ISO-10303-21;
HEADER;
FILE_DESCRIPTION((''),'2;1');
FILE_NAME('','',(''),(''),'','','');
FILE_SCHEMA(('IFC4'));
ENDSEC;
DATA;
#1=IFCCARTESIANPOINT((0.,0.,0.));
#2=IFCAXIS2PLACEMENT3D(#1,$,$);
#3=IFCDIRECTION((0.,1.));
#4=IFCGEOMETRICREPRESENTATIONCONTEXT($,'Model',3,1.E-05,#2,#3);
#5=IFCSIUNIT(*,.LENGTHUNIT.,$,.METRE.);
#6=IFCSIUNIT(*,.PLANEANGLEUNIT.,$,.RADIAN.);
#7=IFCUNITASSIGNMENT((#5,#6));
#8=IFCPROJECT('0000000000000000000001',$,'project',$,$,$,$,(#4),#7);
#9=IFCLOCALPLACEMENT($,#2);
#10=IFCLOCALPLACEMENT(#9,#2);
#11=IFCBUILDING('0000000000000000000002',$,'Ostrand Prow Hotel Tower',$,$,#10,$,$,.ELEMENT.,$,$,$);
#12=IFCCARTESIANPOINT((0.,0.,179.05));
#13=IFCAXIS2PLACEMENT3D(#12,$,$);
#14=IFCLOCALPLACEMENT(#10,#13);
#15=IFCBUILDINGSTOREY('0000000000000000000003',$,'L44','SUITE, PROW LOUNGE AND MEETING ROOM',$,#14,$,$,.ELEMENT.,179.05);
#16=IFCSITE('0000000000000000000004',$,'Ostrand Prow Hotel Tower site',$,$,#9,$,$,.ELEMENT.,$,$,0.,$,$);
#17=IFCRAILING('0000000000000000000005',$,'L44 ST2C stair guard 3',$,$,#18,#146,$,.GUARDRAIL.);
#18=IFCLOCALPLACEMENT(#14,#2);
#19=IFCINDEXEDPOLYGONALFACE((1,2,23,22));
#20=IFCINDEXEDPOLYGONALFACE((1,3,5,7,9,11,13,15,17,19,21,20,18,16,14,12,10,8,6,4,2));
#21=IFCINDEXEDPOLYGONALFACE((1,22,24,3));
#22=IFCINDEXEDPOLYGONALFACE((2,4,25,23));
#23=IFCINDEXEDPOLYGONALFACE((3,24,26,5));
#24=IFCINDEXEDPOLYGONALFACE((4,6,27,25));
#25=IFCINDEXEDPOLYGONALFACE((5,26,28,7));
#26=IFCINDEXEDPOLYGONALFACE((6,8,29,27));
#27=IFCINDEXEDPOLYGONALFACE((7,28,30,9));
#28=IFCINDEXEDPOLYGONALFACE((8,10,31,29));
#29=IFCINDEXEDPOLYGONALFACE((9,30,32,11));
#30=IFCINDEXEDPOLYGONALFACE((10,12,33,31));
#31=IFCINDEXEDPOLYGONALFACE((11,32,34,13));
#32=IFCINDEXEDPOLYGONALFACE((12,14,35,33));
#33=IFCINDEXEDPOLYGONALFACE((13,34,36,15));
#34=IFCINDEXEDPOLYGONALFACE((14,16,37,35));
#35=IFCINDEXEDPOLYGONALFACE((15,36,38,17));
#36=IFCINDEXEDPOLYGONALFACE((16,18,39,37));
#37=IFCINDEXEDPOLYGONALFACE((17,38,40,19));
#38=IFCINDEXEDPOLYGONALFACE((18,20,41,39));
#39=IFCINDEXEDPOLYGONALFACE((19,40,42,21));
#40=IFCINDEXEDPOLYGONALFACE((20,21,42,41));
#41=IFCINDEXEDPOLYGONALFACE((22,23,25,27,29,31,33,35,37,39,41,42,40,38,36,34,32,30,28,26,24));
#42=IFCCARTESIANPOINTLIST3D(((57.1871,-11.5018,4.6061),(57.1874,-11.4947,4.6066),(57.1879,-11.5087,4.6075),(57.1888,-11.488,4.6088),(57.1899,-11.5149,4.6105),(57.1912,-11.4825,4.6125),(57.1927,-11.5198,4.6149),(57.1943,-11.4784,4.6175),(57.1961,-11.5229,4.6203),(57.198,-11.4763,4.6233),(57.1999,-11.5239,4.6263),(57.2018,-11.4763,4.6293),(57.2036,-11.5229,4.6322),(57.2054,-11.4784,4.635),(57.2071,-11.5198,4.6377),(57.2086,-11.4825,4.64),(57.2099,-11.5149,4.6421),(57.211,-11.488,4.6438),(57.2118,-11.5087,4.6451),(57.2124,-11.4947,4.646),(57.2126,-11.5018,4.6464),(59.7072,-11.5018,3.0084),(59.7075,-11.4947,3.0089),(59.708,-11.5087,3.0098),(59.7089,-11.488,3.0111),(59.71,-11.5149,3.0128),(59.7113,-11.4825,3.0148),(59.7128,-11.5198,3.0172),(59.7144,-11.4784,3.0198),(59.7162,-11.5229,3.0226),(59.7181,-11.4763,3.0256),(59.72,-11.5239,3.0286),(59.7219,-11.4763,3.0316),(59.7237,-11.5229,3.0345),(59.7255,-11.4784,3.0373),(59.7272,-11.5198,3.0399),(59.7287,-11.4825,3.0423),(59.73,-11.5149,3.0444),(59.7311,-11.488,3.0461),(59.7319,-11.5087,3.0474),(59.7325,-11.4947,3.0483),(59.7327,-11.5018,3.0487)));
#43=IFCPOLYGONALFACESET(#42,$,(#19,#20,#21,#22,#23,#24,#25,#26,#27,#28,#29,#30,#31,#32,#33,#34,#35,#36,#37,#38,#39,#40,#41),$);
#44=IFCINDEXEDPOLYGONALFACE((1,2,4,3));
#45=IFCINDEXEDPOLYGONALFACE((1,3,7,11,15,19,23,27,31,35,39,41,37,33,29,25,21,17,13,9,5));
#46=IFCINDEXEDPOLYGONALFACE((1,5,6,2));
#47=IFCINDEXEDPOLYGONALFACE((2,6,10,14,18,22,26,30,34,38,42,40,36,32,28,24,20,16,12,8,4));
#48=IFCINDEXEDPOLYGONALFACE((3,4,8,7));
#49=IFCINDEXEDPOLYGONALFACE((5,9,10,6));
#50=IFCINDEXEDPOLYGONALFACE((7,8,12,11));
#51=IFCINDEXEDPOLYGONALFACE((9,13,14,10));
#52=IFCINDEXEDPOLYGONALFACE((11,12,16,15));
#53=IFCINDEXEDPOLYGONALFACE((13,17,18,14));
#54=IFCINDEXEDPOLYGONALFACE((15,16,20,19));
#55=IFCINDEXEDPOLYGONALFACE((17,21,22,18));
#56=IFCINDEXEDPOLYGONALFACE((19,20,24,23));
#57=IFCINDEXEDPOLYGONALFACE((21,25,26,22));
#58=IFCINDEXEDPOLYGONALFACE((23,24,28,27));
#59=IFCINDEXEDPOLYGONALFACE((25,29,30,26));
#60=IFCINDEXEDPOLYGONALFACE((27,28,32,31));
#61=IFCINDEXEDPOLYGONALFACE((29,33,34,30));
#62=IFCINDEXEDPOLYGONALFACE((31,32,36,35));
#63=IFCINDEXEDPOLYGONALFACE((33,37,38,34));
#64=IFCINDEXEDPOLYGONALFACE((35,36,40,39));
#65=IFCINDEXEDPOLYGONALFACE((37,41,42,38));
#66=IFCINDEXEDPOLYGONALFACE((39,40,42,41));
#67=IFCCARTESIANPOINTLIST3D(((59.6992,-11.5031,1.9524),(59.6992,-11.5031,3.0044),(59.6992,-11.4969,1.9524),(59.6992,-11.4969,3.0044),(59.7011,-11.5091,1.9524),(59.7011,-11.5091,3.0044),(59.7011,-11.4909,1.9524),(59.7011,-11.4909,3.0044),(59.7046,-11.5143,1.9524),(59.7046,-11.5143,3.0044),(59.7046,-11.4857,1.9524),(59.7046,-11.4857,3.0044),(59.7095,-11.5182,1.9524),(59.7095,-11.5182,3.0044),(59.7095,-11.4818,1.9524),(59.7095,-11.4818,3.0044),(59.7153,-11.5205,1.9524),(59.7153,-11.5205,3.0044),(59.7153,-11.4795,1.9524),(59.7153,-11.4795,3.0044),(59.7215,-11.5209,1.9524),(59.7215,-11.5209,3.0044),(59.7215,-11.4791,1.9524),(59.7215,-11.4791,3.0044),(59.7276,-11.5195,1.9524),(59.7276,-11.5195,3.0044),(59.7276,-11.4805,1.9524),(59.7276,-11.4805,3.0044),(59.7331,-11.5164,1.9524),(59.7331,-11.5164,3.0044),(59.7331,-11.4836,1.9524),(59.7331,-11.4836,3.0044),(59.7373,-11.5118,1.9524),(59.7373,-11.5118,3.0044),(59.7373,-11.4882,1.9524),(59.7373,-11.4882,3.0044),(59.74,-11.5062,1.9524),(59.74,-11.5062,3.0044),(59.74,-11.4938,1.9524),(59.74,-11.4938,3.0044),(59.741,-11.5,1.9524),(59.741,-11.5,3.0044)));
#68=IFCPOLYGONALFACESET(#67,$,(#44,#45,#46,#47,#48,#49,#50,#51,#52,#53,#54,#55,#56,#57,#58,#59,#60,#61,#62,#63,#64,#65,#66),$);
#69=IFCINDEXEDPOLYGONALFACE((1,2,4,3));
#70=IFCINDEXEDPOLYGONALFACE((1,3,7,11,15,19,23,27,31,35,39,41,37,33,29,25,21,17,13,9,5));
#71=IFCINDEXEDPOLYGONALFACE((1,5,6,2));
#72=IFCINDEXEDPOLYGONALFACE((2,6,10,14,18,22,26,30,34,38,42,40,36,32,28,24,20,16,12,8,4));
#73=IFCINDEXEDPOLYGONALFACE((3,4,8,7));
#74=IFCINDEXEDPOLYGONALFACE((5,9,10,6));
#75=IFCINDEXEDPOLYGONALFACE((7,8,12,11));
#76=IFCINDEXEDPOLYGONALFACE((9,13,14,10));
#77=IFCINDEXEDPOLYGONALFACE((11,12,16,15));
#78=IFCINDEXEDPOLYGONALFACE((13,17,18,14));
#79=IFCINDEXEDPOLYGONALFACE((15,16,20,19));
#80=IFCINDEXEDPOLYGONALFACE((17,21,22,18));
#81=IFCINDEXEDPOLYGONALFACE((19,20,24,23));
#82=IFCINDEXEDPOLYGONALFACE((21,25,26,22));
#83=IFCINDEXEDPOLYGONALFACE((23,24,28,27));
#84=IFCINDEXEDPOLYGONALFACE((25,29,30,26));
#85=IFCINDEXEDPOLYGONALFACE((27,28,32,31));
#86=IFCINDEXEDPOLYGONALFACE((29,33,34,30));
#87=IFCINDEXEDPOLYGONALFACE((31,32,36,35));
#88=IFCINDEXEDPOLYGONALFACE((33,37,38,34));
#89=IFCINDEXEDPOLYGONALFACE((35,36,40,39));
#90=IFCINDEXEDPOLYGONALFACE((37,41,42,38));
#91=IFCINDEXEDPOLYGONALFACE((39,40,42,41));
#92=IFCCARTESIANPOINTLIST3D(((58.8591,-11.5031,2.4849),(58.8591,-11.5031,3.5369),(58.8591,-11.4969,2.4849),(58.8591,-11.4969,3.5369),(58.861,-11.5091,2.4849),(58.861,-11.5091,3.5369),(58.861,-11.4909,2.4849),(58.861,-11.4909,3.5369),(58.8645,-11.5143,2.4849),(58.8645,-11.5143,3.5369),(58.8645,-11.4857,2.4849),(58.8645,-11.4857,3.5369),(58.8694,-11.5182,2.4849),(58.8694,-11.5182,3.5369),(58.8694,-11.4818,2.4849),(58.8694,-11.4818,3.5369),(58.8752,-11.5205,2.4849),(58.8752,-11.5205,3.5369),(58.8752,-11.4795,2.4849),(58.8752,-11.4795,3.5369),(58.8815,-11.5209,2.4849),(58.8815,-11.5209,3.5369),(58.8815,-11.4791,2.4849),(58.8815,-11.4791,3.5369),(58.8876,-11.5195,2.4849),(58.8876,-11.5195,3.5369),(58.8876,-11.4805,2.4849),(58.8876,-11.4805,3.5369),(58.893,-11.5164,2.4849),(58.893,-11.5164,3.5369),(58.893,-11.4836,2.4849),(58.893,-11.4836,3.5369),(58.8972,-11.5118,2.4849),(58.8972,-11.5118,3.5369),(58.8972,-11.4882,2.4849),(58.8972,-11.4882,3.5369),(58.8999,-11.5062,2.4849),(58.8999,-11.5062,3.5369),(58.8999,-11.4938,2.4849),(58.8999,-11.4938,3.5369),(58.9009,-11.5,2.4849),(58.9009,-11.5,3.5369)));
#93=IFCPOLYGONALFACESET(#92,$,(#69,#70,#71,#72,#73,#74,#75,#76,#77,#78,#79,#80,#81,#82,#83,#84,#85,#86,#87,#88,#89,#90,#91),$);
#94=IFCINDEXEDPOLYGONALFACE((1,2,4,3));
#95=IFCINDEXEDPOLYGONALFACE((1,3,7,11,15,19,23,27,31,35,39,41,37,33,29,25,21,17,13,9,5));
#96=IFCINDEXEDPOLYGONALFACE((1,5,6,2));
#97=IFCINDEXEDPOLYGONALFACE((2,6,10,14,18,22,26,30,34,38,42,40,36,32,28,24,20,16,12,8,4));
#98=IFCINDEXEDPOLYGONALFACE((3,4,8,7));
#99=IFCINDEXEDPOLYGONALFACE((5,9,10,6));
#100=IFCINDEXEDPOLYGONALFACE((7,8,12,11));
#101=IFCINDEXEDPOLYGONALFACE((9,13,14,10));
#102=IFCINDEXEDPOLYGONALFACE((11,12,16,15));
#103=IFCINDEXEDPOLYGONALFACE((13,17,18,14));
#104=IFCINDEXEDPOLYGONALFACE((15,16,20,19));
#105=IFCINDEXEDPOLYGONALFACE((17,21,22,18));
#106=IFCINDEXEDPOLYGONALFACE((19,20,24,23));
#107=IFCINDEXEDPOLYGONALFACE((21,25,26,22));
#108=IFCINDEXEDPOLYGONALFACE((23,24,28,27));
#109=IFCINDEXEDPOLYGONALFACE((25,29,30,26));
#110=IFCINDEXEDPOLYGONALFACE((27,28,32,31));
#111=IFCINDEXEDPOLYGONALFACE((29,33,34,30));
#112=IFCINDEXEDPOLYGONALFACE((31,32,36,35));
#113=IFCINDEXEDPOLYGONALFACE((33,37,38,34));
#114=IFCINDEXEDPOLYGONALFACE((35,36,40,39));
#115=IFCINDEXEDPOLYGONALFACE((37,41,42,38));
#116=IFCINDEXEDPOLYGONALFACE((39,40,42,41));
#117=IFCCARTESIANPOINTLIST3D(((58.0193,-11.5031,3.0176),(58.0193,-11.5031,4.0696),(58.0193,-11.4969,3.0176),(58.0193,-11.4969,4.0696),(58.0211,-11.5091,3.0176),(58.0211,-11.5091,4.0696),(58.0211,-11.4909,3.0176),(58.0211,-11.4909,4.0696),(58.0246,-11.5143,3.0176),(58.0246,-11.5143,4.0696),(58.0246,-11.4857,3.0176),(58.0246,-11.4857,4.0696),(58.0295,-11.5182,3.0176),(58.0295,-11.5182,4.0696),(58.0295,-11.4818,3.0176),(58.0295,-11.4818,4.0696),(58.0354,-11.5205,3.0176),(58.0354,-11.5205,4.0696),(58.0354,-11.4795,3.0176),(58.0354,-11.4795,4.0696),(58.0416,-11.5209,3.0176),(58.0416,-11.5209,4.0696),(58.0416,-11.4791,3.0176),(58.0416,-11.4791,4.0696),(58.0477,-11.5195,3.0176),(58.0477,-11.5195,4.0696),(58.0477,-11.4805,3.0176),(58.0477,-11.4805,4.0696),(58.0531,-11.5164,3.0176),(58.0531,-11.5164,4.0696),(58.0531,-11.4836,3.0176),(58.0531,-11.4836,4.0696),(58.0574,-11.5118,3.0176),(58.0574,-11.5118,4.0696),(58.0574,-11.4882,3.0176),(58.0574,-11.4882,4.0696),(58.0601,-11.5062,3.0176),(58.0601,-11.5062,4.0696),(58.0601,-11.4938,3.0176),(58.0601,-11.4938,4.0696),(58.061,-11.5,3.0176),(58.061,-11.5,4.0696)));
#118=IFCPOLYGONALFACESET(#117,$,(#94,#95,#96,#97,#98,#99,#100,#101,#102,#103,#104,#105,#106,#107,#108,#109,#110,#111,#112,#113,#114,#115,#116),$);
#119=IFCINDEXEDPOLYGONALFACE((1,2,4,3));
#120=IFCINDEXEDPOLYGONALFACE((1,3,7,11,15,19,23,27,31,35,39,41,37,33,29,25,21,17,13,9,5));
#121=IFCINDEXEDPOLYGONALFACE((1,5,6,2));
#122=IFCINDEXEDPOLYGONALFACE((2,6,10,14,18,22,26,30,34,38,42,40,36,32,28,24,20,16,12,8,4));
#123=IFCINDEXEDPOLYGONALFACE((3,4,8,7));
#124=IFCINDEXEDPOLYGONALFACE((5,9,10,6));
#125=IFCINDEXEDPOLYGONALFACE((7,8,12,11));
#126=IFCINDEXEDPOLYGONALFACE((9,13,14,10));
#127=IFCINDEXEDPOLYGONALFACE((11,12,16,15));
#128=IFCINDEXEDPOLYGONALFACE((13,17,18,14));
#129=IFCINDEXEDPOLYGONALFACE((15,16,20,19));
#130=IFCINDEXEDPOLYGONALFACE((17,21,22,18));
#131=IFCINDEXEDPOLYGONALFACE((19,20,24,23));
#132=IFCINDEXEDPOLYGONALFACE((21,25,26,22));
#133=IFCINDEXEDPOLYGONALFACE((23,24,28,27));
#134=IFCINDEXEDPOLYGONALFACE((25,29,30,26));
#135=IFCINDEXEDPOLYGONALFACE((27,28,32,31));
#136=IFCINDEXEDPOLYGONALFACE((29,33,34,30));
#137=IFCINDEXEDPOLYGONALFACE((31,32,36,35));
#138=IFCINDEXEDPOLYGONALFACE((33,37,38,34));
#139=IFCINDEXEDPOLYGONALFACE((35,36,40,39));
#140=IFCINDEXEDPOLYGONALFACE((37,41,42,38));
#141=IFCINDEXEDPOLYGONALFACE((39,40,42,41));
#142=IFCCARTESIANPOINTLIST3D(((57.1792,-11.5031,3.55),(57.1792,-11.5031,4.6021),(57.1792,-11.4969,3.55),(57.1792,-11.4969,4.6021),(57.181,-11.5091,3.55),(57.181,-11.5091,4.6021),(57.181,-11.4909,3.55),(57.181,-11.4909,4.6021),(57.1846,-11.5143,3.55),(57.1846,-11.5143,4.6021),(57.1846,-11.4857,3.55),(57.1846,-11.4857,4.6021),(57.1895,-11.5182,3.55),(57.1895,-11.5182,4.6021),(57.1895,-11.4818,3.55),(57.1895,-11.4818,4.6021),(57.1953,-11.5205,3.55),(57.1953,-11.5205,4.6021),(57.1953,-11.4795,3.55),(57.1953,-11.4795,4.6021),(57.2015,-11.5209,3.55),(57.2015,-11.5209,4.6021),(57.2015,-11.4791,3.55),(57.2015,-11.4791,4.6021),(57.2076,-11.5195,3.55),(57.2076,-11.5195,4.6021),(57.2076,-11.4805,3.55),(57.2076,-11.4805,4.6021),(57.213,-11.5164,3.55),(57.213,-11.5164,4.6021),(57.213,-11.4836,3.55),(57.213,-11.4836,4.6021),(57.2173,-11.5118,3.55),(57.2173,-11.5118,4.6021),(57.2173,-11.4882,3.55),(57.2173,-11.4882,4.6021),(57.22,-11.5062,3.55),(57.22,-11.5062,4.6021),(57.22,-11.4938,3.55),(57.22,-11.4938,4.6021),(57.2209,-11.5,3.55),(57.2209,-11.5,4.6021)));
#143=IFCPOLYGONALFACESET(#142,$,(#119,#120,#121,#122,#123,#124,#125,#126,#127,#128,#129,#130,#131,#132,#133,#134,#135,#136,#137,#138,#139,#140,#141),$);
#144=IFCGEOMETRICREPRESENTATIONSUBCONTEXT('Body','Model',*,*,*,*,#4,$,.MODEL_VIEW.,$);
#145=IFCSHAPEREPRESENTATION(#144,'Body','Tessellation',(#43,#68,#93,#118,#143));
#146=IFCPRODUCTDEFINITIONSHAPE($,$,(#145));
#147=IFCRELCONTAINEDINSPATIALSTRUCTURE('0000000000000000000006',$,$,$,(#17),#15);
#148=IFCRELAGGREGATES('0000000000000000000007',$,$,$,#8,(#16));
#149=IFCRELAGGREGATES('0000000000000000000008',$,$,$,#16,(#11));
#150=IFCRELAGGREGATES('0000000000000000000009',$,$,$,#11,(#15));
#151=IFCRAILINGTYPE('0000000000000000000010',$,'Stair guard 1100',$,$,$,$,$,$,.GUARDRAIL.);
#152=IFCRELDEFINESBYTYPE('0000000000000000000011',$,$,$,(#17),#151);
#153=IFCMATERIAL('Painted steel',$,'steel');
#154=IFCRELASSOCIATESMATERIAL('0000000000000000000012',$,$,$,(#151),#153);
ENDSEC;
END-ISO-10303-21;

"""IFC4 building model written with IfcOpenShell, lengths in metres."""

from ifc_helpers import new_model, si_unit, direction, frame, origin, origin_2d, place, context, subcontext, project, spatial, circle, extrude, material, type_object, element, save


model = new_model("IFC4")

# Units and contexts
model_context = context("Model", 3, precision=1e-05, world=origin(), true_north=direction((0.0, 1.0)))
body_context = subcontext(model_context, "Body", "Model", "MODEL_VIEW")
ifc_project = project(units=[si_unit("LENGTHUNIT", "METRE"), si_unit("PLANEANGLEUNIT", "RADIAN")], contexts=[model_context])

# Site, building, storey
site_placement = place(None, origin())
site = spatial("IfcSite", under=ifc_project, at=site_placement, Name="Ostrand Prow Hotel Tower site", CompositionType="ELEMENT", RefElevation=0.0)
building_placement = place(site_placement, origin())
building = spatial("IfcBuilding", under=site, at=building_placement, Name="Ostrand Prow Hotel Tower", CompositionType="ELEMENT")
storey_placement = place(building_placement, frame((0.0, 0.0, 179.05)))
storey = spatial("IfcBuildingStorey", under=building, at=storey_placement, Name="L44", Description="SUITE, PROW LOUNGE AND MEETING ROOM", CompositionType="ELEMENT", Elevation=179.05)

# Railing
ifc_material_1 = material(Name="Painted steel", Category="steel")
railing_type_1 = type_object("IfcRailingType", Name="Stair guard 1100", PredefinedType="GUARDRAIL", material=ifc_material_1)
railing_1_placement = place(storey_placement, frame((59.72, -11.5, 1.9524)))
element("IfcRailing", 1, at=railing_1_placement, inside=storey, type_object=railing_type_1, Name="L44 ST2C stair guard 3", PredefinedType="GUARDRAIL", context=body_context, shape_type="SweptSolid", body=[
    extrude(circle(Radius=0.0239, at=origin_2d()), frame((0.0, 0.0, 1.0762), z_axis=(-0.84457, 0.0, 0.535445), x_axis=(0.0, -1.0, 0.0)), (0.0, 0.0, 1.0), 2.9839),
    extrude(circle(Radius=0.021, at=origin_2d()), origin(), (0.0, 0.0, 1.0), 1.052),
    extrude(circle(Radius=0.021, at=origin_2d()), frame((-0.8401, 0.0, 0.5325)), (0.0, 0.0, 1.0), 1.052),
    extrude(circle(Radius=0.021, at=origin_2d()), frame((-1.6799, 0.0, 1.0652)), (0.0, 0.0, 1.0), 1.052),
    extrude(circle(Radius=0.021, at=origin_2d()), frame((-2.52, 0.0, 1.5977)), (0.0, 0.0, 1.0), 1.052),
])

save(model, "model.ifc")
